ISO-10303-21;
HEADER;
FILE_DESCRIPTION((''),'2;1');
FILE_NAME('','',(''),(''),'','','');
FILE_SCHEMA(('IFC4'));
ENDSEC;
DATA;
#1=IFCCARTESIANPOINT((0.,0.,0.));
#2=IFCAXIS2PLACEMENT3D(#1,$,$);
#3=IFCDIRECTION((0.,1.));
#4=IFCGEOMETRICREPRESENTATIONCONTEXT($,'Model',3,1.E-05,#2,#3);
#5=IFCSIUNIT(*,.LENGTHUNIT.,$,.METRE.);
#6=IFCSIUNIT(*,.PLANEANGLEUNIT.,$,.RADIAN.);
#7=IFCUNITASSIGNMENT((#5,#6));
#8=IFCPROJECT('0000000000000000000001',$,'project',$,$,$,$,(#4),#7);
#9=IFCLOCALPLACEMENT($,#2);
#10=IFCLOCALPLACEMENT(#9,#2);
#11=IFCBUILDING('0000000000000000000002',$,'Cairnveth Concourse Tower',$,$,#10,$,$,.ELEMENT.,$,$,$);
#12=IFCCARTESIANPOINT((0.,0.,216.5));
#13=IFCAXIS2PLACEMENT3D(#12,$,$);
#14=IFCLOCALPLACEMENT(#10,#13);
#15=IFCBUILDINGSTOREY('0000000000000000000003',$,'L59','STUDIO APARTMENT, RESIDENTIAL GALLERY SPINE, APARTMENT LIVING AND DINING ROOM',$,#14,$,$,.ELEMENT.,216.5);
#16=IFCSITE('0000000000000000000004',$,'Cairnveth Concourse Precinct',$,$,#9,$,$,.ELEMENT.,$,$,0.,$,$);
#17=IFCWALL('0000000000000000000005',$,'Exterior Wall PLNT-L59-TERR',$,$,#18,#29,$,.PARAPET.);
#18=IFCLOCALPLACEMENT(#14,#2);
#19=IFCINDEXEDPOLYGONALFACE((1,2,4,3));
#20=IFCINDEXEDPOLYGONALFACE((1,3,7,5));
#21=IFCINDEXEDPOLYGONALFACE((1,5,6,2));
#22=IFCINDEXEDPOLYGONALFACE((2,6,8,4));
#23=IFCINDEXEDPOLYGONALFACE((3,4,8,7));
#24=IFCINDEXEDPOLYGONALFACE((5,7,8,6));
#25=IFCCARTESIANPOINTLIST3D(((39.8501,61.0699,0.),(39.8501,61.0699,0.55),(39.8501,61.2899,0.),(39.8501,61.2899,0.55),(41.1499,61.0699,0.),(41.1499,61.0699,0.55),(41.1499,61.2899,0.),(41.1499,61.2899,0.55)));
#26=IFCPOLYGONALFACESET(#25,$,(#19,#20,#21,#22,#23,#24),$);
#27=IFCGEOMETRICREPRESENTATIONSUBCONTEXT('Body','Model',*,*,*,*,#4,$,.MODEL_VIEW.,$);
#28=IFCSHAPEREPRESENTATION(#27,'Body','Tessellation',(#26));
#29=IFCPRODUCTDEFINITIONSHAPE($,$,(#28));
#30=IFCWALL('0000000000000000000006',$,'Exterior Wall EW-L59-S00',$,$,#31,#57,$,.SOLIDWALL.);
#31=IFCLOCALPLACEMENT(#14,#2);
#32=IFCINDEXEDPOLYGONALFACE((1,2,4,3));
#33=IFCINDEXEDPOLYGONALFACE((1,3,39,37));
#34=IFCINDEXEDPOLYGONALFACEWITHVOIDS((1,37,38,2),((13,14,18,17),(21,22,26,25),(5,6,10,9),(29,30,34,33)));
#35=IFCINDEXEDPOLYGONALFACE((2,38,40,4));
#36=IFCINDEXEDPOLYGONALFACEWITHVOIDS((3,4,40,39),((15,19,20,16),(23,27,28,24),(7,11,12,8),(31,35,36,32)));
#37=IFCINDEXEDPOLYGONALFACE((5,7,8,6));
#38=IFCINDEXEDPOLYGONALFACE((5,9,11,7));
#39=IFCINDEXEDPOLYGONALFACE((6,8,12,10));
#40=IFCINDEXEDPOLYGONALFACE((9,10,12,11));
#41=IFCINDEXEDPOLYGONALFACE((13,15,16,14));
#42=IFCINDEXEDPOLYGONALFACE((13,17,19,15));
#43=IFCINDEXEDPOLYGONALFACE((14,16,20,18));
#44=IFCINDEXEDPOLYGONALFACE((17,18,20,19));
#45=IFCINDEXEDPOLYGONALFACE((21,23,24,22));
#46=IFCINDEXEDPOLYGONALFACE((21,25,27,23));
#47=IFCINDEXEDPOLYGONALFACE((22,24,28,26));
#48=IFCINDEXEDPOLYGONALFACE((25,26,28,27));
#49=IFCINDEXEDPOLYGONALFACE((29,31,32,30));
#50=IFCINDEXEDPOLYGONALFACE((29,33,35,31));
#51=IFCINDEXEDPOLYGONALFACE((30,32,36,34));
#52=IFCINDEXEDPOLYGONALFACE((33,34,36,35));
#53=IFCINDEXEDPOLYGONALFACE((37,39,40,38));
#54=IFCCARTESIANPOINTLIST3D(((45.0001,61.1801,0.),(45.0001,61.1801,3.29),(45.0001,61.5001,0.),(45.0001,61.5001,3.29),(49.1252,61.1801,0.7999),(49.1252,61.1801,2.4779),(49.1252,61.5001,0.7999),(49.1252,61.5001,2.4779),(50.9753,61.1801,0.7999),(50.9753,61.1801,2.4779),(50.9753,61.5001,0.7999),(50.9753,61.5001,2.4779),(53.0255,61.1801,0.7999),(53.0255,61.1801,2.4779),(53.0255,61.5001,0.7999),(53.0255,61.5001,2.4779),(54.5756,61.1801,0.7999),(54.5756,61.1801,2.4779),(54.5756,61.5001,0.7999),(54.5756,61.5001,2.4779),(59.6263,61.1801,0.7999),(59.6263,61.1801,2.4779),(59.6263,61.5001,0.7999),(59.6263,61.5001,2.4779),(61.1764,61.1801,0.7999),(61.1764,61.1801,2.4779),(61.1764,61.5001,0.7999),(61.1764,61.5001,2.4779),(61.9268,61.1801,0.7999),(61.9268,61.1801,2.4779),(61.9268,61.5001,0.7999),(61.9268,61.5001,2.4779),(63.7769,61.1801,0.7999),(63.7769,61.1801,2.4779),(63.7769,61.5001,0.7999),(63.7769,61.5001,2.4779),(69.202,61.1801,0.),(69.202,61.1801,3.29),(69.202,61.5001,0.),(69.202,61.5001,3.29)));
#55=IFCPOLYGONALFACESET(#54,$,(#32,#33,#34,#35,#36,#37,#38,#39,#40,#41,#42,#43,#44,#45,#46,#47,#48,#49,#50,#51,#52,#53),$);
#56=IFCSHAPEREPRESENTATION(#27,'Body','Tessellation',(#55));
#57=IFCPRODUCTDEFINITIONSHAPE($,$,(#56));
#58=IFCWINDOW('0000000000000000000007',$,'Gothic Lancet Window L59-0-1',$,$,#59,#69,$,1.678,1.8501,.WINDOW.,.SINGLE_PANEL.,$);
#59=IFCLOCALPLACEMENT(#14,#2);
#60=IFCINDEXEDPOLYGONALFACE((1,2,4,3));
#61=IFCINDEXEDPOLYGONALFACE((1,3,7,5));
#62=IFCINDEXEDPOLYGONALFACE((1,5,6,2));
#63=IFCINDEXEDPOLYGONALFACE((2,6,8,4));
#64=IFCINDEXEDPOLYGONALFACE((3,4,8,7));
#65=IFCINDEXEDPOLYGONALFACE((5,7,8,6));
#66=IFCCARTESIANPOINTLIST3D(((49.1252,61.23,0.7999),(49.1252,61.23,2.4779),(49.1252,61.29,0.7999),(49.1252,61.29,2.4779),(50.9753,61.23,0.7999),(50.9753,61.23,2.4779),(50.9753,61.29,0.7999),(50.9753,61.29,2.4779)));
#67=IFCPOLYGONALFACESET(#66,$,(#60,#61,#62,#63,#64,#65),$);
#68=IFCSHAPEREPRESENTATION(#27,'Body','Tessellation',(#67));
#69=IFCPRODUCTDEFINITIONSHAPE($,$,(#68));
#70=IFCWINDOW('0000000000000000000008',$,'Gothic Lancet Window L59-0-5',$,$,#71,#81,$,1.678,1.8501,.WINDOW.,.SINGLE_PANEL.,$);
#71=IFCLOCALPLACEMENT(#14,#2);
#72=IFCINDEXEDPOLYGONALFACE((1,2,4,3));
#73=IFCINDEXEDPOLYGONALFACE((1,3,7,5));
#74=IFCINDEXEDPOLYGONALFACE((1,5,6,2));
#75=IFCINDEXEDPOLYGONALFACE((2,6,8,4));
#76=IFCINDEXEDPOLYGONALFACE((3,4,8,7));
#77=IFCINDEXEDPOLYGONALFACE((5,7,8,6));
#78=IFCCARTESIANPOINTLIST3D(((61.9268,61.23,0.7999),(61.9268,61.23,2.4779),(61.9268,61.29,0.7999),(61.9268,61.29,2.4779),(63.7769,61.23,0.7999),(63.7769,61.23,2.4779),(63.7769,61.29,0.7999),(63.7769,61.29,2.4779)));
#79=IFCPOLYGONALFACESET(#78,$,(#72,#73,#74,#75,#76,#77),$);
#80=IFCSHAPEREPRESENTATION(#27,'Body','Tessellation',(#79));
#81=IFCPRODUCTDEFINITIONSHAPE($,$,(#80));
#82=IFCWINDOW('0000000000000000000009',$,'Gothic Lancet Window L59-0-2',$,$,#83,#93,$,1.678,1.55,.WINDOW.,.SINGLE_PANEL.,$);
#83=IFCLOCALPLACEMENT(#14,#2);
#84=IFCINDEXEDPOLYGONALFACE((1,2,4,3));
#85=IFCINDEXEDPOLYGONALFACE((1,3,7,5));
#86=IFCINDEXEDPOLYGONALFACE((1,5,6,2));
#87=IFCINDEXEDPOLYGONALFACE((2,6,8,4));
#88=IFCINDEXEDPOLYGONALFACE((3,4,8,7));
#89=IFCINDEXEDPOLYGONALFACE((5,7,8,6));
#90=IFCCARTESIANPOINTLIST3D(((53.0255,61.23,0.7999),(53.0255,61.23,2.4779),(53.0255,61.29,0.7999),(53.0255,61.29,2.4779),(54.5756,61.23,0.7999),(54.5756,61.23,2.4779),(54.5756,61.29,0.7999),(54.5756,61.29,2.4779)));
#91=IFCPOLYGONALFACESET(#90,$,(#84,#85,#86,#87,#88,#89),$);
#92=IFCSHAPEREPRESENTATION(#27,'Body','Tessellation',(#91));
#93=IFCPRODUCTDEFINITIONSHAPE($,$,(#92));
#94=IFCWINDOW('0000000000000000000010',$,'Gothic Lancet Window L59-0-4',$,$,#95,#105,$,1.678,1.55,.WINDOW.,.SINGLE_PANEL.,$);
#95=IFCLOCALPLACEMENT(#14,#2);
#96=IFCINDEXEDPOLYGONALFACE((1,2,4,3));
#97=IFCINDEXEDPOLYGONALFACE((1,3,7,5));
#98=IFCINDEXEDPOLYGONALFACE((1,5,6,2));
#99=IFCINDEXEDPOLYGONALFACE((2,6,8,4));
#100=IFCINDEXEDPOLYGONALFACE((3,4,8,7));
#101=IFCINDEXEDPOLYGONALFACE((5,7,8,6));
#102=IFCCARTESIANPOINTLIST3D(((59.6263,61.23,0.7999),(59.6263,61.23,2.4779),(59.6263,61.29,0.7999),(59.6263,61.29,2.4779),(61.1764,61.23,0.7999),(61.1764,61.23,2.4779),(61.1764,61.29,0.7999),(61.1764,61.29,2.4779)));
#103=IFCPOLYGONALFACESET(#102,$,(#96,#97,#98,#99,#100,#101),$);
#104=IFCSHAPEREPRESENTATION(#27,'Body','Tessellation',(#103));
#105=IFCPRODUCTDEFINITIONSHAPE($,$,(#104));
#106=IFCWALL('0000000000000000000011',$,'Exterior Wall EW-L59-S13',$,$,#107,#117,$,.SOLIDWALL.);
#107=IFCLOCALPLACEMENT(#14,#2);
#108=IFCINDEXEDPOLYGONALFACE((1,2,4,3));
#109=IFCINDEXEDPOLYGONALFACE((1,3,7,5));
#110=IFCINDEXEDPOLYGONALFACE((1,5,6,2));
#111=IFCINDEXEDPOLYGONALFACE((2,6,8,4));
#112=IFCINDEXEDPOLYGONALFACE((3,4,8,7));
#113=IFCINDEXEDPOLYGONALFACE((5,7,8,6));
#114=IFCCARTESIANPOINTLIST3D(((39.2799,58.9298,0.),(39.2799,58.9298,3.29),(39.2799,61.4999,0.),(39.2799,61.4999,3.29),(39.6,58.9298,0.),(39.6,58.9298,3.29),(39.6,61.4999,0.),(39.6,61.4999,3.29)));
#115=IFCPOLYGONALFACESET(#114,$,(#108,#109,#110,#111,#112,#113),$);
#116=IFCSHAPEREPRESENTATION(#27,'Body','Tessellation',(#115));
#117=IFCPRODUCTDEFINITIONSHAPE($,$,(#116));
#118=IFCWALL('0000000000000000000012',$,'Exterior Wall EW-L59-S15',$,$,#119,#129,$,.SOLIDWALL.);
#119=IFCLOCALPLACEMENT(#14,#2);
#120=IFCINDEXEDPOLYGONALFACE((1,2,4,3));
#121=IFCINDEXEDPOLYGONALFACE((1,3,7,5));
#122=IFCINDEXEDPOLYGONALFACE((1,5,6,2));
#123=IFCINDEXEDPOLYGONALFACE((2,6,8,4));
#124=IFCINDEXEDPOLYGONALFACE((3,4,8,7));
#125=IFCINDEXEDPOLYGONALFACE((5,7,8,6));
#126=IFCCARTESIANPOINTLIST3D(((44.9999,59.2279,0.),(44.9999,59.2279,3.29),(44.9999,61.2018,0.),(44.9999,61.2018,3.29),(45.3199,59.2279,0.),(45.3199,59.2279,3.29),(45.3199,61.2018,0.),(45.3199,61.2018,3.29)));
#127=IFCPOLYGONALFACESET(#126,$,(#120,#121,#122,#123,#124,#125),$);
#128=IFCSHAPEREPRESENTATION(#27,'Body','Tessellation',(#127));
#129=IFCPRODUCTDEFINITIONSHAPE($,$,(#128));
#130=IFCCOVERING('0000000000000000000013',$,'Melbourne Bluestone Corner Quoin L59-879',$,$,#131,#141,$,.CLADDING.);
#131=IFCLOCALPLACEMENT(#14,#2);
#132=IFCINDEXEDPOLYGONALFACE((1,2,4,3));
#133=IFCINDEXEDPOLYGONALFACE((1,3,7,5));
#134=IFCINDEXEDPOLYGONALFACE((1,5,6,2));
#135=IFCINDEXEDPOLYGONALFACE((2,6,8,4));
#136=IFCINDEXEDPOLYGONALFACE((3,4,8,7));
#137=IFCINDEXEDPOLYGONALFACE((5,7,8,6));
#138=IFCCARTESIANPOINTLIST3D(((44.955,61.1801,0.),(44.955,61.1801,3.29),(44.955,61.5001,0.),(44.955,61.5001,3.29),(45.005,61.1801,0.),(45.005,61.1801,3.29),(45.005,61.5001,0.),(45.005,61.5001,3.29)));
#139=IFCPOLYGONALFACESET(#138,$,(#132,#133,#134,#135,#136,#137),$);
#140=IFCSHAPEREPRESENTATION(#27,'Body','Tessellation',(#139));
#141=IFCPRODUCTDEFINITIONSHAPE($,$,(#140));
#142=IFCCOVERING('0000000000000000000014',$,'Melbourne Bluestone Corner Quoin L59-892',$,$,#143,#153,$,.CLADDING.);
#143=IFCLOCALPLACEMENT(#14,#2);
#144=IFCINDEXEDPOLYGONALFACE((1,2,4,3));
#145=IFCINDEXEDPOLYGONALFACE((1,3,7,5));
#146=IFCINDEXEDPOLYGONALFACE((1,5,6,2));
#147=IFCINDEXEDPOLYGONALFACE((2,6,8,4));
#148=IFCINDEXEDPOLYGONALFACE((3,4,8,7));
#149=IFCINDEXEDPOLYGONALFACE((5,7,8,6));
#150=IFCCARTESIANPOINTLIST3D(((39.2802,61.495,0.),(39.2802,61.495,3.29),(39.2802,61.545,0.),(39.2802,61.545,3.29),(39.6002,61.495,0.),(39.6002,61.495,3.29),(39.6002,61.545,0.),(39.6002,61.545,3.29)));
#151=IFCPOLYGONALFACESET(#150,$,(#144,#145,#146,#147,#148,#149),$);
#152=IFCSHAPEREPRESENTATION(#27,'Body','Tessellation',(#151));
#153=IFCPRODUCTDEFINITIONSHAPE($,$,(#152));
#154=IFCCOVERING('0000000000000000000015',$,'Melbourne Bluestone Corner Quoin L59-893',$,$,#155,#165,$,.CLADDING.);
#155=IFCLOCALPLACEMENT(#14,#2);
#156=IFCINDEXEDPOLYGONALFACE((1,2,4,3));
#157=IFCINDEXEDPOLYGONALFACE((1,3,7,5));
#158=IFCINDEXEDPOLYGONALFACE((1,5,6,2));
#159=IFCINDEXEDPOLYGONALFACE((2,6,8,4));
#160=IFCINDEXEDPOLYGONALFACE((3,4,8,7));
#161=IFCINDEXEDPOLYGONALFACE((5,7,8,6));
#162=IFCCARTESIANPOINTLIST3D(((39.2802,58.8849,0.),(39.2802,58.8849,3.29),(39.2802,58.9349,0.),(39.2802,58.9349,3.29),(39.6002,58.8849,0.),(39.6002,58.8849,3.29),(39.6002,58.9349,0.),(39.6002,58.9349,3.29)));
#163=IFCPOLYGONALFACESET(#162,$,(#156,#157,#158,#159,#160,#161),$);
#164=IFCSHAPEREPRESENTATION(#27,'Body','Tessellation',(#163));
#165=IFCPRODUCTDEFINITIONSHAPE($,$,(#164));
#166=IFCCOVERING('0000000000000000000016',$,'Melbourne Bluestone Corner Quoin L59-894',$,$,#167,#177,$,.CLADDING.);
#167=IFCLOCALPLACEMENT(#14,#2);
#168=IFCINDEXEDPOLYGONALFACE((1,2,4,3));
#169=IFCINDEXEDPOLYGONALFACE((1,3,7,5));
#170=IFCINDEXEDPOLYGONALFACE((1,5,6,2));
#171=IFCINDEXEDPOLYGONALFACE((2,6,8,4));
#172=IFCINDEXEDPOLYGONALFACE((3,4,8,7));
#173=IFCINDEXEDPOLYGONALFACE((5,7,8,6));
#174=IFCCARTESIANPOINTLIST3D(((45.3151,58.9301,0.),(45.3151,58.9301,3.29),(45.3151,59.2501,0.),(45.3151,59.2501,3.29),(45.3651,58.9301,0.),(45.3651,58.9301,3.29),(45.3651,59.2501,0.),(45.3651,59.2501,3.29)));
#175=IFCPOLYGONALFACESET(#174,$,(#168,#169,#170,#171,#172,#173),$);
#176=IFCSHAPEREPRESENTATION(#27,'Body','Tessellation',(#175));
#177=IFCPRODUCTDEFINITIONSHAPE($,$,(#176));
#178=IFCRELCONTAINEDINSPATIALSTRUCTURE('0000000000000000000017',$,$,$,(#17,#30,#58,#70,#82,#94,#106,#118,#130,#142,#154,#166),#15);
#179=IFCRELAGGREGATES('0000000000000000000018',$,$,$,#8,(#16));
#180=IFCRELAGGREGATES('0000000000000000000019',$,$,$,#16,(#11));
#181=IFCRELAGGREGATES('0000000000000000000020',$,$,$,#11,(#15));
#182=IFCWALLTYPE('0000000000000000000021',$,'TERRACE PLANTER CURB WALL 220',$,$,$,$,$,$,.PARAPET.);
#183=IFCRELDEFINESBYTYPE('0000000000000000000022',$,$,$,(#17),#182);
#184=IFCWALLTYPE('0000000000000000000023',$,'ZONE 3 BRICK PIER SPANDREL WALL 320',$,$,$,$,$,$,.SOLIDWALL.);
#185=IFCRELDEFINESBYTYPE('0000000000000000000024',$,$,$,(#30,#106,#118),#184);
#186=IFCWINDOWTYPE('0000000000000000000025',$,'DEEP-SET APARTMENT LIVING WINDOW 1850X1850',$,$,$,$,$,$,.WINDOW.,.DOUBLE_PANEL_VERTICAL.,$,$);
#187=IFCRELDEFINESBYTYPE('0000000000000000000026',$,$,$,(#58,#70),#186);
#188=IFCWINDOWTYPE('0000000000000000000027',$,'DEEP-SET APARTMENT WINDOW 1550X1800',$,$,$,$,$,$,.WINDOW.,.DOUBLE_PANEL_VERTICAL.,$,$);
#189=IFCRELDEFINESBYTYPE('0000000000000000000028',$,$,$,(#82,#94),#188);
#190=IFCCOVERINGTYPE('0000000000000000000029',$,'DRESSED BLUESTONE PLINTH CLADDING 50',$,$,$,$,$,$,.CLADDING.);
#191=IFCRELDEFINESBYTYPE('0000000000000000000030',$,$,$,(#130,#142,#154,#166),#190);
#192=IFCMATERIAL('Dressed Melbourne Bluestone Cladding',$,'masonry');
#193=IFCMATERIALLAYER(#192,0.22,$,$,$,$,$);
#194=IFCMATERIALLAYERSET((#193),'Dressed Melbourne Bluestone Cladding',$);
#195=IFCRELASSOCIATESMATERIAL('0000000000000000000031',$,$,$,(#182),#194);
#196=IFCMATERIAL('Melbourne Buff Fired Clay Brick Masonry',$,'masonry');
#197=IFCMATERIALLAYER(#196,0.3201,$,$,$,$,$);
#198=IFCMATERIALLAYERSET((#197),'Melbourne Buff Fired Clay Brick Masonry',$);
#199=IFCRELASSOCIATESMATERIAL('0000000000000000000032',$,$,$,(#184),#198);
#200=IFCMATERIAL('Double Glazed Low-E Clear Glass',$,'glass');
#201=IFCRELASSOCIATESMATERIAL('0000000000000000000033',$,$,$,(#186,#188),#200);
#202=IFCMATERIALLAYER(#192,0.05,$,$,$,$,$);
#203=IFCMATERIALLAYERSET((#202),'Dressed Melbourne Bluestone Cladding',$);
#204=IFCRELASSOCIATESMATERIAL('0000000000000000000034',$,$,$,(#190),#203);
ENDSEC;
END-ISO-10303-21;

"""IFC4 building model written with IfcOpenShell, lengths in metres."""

from ifc_helpers import new_model, si_unit, direction, frame, frame_2d, origin, place, context, subcontext, project, spatial, rectangle, extrude, material, layer, layer_set, type_object, element, fill, save


model = new_model("IFC4")

# Units and contexts
model_context = context("Model", 3, precision=1e-05, world=origin(), true_north=direction((0.0, 1.0)))
body_context = subcontext(model_context, "Body", "Model", "MODEL_VIEW")
ifc_project = project(units=[si_unit("LENGTHUNIT", "METRE"), si_unit("PLANEANGLEUNIT", "RADIAN")], contexts=[model_context])

# Site, building, storey
site_placement = place(None, origin())
site = spatial("IfcSite", under=ifc_project, at=site_placement, Name="Cairnveth Concourse Precinct", CompositionType="ELEMENT", RefElevation=0.0)
building_placement = place(site_placement, origin())
building = spatial("IfcBuilding", under=site, at=building_placement, Name="Cairnveth Concourse Tower", CompositionType="ELEMENT")
storey_placement = place(building_placement, frame((0.0, 0.0, 216.5)))
storey = spatial("IfcBuildingStorey", under=building, at=storey_placement, Name="L59", Description="STUDIO APARTMENT, RESIDENTIAL GALLERY SPINE, APARTMENT LIVING AND DINING ROOM", CompositionType="ELEMENT", Elevation=216.5)

# Wall
ifc_material_1 = material(Name="Dressed Melbourne Bluestone Cladding", Category="masonry")
ifc_layer_1 = layer(ifc_material_1, 0.22)
ifc_layer_set_1 = layer_set([ifc_layer_1], Name="Dressed Melbourne Bluestone Cladding")
wall_type_1 = type_object("IfcWallType", Name="TERRACE PLANTER CURB WALL 220", PredefinedType="PARAPET", material=ifc_layer_set_1)
wall_1_placement = place(storey_placement, frame((39.8501, 61.1799, 0.0), z_axis=(0.0, 0.0, 1.0), x_axis=(1.0, 0.0, 0.0)))
element("IfcWall", 1, at=wall_1_placement, inside=storey, type_object=wall_type_1, Name="Exterior Wall PLNT-L59-TERR", PredefinedType="PARAPET", context=body_context, shape_type="SweptSolid", body=[
    extrude(rectangle(XDim=1.2998, YDim=0.22, at=frame_2d((0.6499, 0.0))), origin(), (0.0, 0.0, 1.0), 0.55),
])

# Wall, openings, windows
ifc_material_2 = material(Name="Melbourne Buff Fired Clay Brick Masonry", Category="masonry")
ifc_layer_2 = layer(ifc_material_2, 0.3201)
ifc_layer_set_2 = layer_set([ifc_layer_2], Name="Melbourne Buff Fired Clay Brick Masonry")
wall_type_2 = type_object("IfcWallType", Name="ZONE 3 BRICK PIER SPANDREL WALL 320", PredefinedType="SOLIDWALL", material=ifc_layer_set_2)
wall_2_placement = place(storey_placement, frame((45.0, 61.3401, 0.0), z_axis=(0.0, 0.0, 1.0), x_axis=(1.0, 0.0, 0.0)))
wall_2 = element("IfcWall", 2, at=wall_2_placement, inside=storey, type_object=wall_type_2, Name="Exterior Wall EW-L59-S00", PredefinedType="SOLIDWALL", context=body_context, shape_type="SweptSolid", body=[
    extrude(rectangle(XDim=24.2019, YDim=0.3201, at=frame_2d((12.1011, 0.0))), origin(), (0.0, 0.0, 1.0), 3.29),
])
opening_1_placement = place(wall_2_placement, frame((4.1252, 0.0, 0.8)))
opening_1 = element("IfcOpeningElement", 3, at=opening_1_placement, cuts=wall_2, PredefinedType="OPENING", context=body_context, shape_type="SweptSolid", body=[
    extrude(rectangle(XDim=1.8501, YDim=1.678, at=frame_2d((0.925, 0.8389))), frame((0.0, 0.1699, 0.0), z_axis=(0.0, -1.0, 0.0), x_axis=(1.0, 0.0, 0.0)), (0.0, 0.0, 1.0), 0.3401),
])
opening_2_placement = place(wall_2_placement, frame((8.0256, 0.0, 0.8)))
opening_2 = element("IfcOpeningElement", 4, at=opening_2_placement, cuts=wall_2, PredefinedType="OPENING", context=body_context, shape_type="SweptSolid", body=[
    extrude(rectangle(XDim=1.55, YDim=1.678, at=frame_2d((0.7749, 0.8389))), frame((0.0, 0.1699, 0.0), z_axis=(0.0, -1.0, 0.0), x_axis=(1.0, 0.0, 0.0)), (0.0, 0.0, 1.0), 0.3401),
])
opening_3_placement = place(wall_2_placement, frame((14.6265, 0.0, 0.8)))
opening_3 = element("IfcOpeningElement", 5, at=opening_3_placement, cuts=wall_2, PredefinedType="OPENING", context=body_context, shape_type="SweptSolid", body=[
    extrude(rectangle(XDim=1.55, YDim=1.678, at=frame_2d((0.7749, 0.8389))), frame((0.0, 0.1699, 0.0), z_axis=(0.0, -1.0, 0.0), x_axis=(1.0, 0.0, 0.0)), (0.0, 0.0, 1.0), 0.3401),
])
opening_4_placement = place(wall_2_placement, frame((16.9268, 0.0, 0.8)))
opening_4 = element("IfcOpeningElement", 6, at=opening_4_placement, cuts=wall_2, PredefinedType="OPENING", context=body_context, shape_type="SweptSolid", body=[
    extrude(rectangle(XDim=1.8501, YDim=1.678, at=frame_2d((0.925, 0.8389))), frame((0.0, 0.1699, 0.0), z_axis=(0.0, -1.0, 0.0), x_axis=(1.0, 0.0, 0.0)), (0.0, 0.0, 1.0), 0.3401),
])
ifc_material_3 = material(Name="Double Glazed Low-E Clear Glass", Category="glass")
window_type_1 = type_object("IfcWindowType", Name="DEEP-SET APARTMENT LIVING WINDOW 1850X1850", PartitioningType="DOUBLE_PANEL_VERTICAL", PredefinedType="WINDOW", material=ifc_material_3)
window_1_placement = place(opening_1_placement, origin())
window_1 = element("IfcWindow", 7, at=window_1_placement, inside=storey, type_object=window_type_1, Name="Gothic Lancet Window L59-0-1", OverallHeight=1.678, OverallWidth=1.8501, PartitioningType="SINGLE_PANEL", PredefinedType="WINDOW", context=body_context, shape_type="SweptSolid", body=[
    extrude(rectangle(XDim=1.8501, YDim=1.678, at=frame_2d((0.925, 0.8389))), frame((0.0, -0.05, 0.0), z_axis=(0.0, -1.0, 0.0), x_axis=(1.0, 0.0, 0.0)), (0.0, 0.0, 1.0), 0.0601),
])
fill(opening_1, window_1)
window_2_placement = place(opening_4_placement, origin())
window_2 = element("IfcWindow", 8, at=window_2_placement, inside=storey, type_object=window_type_1, Name="Gothic Lancet Window L59-0-5", OverallHeight=1.678, OverallWidth=1.8501, PartitioningType="SINGLE_PANEL", PredefinedType="WINDOW", context=body_context, shape_type="SweptSolid", body=[
    extrude(rectangle(XDim=1.8501, YDim=1.678, at=frame_2d((0.925, 0.8389))), frame((0.0, -0.05, 0.0), z_axis=(0.0, -1.0, 0.0), x_axis=(1.0, 0.0, 0.0)), (0.0, 0.0, 1.0), 0.0601),
])
fill(opening_4, window_2)
window_type_2 = type_object("IfcWindowType", Name="DEEP-SET APARTMENT WINDOW 1550X1800", PartitioningType="DOUBLE_PANEL_VERTICAL", PredefinedType="WINDOW", material=ifc_material_3)
window_3_placement = place(opening_2_placement, origin())
window_3 = element("IfcWindow", 9, at=window_3_placement, inside=storey, type_object=window_type_2, Name="Gothic Lancet Window L59-0-2", OverallHeight=1.678, OverallWidth=1.55, PartitioningType="SINGLE_PANEL", PredefinedType="WINDOW", context=body_context, shape_type="SweptSolid", body=[
    extrude(rectangle(XDim=1.55, YDim=1.678, at=frame_2d((0.7749, 0.8389))), frame((0.0, -0.05, 0.0), z_axis=(0.0, -1.0, 0.0), x_axis=(1.0, 0.0, 0.0)), (0.0, 0.0, 1.0), 0.0601),
])
fill(opening_2, window_3)
window_4_placement = place(opening_3_placement, origin())
window_4 = element("IfcWindow", 10, at=window_4_placement, inside=storey, type_object=window_type_2, Name="Gothic Lancet Window L59-0-4", OverallHeight=1.678, OverallWidth=1.55, PartitioningType="SINGLE_PANEL", PredefinedType="WINDOW", context=body_context, shape_type="SweptSolid", body=[
    extrude(rectangle(XDim=1.55, YDim=1.678, at=frame_2d((0.7749, 0.8389))), frame((0.0, -0.05, 0.0), z_axis=(0.0, -1.0, 0.0), x_axis=(1.0, 0.0, 0.0)), (0.0, 0.0, 1.0), 0.0601),
])
fill(opening_3, window_4)

# Wall
wall_3_placement = place(storey_placement, frame((39.4399, 61.5, 0.0), z_axis=(0.0, 0.0, 1.0), x_axis=(0.0, -1.0, 0.0)))
element("IfcWall", 11, at=wall_3_placement, inside=storey, type_object=wall_type_2, Name="Exterior Wall EW-L59-S13", PredefinedType="SOLIDWALL", context=body_context, shape_type="SweptSolid", body=[
    extrude(rectangle(XDim=2.5701, YDim=0.3201, at=frame_2d((1.2852, 0.0))), origin(), (0.0, 0.0, 1.0), 3.29),
])

# Wall
wall_4_placement = place(storey_placement, frame((45.1599, 59.228, 0.0), z_axis=(0.0, 0.0, 1.0), x_axis=(0.0, 1.0, 0.0)))
element("IfcWall", 12, at=wall_4_placement, inside=storey, type_object=wall_type_2, Name="Exterior Wall EW-L59-S15", PredefinedType="SOLIDWALL", context=body_context, shape_type="SweptSolid", body=[
    extrude(rectangle(XDim=1.9739, YDim=0.3201, at=frame_2d((0.9868, 0.0))), origin(), (0.0, 0.0, 1.0), 3.29),
])

# Coverings
ifc_layer_3 = layer(ifc_material_1, 0.05)
ifc_layer_set_3 = layer_set([ifc_layer_3], Name="Dressed Melbourne Bluestone Cladding")
covering_type = type_object("IfcCoveringType", Name="DRESSED BLUESTONE PLINTH CLADDING 50", PredefinedType="CLADDING", material=ifc_layer_set_3)
for number, where, z_axis, x_axis, name in (
    (13, (44.98, 61.1799, 0.0), (0.0, 0.0, 1.0), (0.0, 1.0, 0.0), "Melbourne Bluestone Corner Quoin L59-879"),
    (14, (39.28, 61.52, 0.0), (0.0, 0.0, 1.0), (1.0, 0.0, 0.0), "Melbourne Bluestone Corner Quoin L59-892"),
    (15, (39.28, 58.9099, 0.0), (0.0, 0.0, 1.0), (1.0, 0.0, 0.0), "Melbourne Bluestone Corner Quoin L59-893"),
    (16, (45.3401, 58.9299, 0.0), (0.0, 0.0, 1.0), (0.0, 1.0, 0.0), "Melbourne Bluestone Corner Quoin L59-894"),
):
    element("IfcCovering", number, at=place(storey_placement, frame(where, z_axis=z_axis, x_axis=x_axis)), inside=storey, type_object=covering_type, Name=name, PredefinedType="CLADDING", context=body_context, shape_type="SweptSolid", body=[
        extrude(rectangle(XDim=0.3201, YDim=0.05, at=frame_2d((0.1602, 0.0))), origin(), (0.0, 0.0, 1.0), 3.29),
    ])

save(model, "model.ifc")
